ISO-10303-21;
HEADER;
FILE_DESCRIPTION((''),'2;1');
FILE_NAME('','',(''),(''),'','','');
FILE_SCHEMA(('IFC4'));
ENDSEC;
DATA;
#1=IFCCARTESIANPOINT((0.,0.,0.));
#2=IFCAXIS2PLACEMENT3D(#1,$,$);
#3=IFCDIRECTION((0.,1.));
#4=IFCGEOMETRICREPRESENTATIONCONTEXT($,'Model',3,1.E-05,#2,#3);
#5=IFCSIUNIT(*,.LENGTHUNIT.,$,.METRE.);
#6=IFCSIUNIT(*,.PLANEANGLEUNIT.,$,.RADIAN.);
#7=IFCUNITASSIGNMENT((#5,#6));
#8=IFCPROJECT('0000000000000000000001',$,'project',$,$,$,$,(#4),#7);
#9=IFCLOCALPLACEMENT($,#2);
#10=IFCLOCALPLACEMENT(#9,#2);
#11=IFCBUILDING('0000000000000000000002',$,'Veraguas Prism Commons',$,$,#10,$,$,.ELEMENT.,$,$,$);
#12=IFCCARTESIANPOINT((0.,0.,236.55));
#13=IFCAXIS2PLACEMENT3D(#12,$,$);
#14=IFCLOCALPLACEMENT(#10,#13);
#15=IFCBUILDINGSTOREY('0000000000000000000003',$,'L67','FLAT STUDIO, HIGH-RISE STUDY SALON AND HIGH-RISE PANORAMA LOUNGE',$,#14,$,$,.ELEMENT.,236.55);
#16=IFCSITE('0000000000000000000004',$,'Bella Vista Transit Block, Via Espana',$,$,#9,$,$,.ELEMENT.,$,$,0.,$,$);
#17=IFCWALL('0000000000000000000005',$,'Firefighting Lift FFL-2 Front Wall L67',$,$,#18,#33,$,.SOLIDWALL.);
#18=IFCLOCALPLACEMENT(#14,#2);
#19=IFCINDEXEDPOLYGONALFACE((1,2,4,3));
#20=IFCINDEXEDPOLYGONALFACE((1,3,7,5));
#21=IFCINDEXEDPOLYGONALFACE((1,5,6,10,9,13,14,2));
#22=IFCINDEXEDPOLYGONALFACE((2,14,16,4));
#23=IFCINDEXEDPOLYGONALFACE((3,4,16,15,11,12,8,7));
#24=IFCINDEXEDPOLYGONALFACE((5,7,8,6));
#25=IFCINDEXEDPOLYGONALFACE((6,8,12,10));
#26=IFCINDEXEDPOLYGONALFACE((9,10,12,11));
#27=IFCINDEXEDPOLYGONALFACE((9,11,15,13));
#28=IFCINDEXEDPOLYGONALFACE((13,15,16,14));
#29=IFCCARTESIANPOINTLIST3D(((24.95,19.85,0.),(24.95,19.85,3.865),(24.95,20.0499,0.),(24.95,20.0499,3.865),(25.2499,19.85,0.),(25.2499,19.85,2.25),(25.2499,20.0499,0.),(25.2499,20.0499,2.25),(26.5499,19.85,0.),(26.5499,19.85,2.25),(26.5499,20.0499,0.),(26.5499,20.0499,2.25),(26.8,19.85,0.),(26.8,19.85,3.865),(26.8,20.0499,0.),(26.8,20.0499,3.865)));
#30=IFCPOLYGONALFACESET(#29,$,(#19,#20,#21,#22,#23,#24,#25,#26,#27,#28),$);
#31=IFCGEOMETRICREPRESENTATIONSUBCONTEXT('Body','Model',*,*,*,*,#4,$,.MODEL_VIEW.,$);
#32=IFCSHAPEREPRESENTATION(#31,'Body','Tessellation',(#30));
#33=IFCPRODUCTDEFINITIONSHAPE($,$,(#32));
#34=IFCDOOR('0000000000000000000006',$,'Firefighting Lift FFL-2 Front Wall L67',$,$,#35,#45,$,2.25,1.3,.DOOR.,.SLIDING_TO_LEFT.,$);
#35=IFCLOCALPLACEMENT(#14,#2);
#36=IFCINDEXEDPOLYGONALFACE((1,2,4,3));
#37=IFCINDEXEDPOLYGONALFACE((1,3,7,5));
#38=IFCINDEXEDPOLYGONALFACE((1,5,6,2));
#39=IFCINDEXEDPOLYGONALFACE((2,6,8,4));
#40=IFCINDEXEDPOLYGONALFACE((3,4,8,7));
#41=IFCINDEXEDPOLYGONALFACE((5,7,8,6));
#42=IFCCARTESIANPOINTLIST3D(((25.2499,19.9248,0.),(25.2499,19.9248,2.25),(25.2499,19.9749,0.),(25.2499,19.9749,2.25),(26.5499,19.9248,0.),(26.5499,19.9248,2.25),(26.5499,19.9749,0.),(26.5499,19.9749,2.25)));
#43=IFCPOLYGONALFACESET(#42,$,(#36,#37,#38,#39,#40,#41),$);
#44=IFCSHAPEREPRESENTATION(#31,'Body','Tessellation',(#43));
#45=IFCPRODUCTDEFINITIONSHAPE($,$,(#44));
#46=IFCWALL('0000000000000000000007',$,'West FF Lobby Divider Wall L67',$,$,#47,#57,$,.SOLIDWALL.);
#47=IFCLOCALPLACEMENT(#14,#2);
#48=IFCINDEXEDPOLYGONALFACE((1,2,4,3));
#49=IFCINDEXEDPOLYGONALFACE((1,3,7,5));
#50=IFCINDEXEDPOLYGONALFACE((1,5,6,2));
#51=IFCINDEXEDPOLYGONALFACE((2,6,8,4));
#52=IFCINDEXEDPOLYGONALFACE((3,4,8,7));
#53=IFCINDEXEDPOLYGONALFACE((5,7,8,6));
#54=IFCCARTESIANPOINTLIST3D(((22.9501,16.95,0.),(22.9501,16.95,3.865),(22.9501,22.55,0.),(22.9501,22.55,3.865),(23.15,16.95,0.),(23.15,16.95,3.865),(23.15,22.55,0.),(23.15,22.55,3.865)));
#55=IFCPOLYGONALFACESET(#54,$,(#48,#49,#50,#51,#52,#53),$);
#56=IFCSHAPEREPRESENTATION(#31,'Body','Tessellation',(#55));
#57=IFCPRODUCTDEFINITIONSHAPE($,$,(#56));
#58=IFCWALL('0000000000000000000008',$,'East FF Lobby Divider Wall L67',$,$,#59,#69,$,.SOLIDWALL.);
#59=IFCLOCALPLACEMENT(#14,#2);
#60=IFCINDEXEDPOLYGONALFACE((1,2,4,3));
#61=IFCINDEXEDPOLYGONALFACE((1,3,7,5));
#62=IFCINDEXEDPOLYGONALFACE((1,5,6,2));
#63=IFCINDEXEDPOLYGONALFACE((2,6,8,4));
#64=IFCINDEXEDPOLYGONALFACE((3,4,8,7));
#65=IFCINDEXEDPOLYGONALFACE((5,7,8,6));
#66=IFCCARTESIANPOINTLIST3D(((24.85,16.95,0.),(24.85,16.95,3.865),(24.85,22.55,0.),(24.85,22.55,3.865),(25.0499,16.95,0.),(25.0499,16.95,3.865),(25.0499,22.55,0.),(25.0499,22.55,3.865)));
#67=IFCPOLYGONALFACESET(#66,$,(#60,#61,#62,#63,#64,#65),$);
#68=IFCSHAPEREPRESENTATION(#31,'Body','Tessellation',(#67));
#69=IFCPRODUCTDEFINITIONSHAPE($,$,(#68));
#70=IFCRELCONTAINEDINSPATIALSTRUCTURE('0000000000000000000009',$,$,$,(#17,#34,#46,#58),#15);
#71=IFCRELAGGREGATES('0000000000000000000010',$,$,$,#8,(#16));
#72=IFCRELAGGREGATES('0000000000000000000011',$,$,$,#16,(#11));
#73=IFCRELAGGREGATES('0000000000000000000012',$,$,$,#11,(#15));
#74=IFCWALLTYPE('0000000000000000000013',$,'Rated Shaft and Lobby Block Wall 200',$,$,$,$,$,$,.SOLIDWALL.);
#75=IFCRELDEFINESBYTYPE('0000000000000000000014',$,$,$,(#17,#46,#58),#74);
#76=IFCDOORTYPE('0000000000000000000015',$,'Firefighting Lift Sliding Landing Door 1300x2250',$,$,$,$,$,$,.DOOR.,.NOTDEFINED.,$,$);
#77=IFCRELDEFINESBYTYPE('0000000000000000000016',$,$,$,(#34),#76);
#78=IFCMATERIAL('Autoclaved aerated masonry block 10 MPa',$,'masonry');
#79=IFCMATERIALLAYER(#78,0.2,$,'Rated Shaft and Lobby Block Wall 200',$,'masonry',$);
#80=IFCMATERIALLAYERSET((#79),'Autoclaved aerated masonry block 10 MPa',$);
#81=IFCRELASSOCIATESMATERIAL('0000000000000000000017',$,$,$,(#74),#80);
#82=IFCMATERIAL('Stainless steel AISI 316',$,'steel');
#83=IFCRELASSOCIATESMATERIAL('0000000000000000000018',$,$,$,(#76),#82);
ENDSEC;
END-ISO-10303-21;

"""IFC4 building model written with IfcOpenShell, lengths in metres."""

from ifc_helpers import new_model, si_unit, direction, frame, frame_2d, origin, place, context, subcontext, project, spatial, rectangle, extrude, source, transform, mapped, material, layer, layer_set, type_object, element, fill, save


model = new_model("IFC4")

# Units and contexts
model_context = context("Model", 3, precision=1e-05, world=origin(), true_north=direction((0.0, 1.0)))
body_context = subcontext(model_context, "Body", "Model", "MODEL_VIEW")
ifc_project = project(units=[si_unit("LENGTHUNIT", "METRE"), si_unit("PLANEANGLEUNIT", "RADIAN")], contexts=[model_context])

# Site, building, storey
site_placement = place(None, origin())
site = spatial("IfcSite", under=ifc_project, at=site_placement, Name="Bella Vista Transit Block, Via Espana", CompositionType="ELEMENT", RefElevation=0.0)
building_placement = place(site_placement, origin())
building = spatial("IfcBuilding", under=site, at=building_placement, Name="Veraguas Prism Commons", CompositionType="ELEMENT")
storey_placement = place(building_placement, frame((0.0, 0.0, 236.55)))
storey = spatial("IfcBuildingStorey", under=building, at=storey_placement, Name="L67", Description="FLAT STUDIO, HIGH-RISE STUDY SALON AND HIGH-RISE PANORAMA LOUNGE", CompositionType="ELEMENT", Elevation=236.55)

# Wall, opening, door
ifc_material_1 = material(Name="Autoclaved aerated masonry block 10 MPa", Category="masonry")
ifc_layer_1 = layer(ifc_material_1, 0.2, Name="Rated Shaft and Lobby Block Wall 200", Category="masonry")
ifc_layer_set_1 = layer_set([ifc_layer_1], Name="Autoclaved aerated masonry block 10 MPa")
wall_type_1 = type_object("IfcWallType", Name="Rated Shaft and Lobby Block Wall 200", PredefinedType="SOLIDWALL", material=ifc_layer_set_1)
ifc_material_2 = material(Name="Stainless steel AISI 316", Category="steel")
door_type_1 = type_object("IfcDoorType", Name="Firefighting Lift Sliding Landing Door 1300x2250", OperationType="NOTDEFINED", PredefinedType="DOOR", material=ifc_material_2)
shared_shape_1 = source(origin(), body_context, "Body", "SweptSolid", [
    extrude(rectangle(XDim=1.3, YDim=2.25, at=frame_2d((0.6499, 1.125))), frame((0.0, 0.0249, 0.0), z_axis=(0.0, -1.0, 0.0), x_axis=(1.0, 0.0, 0.0)), (0.0, 0.0, 1.0), 0.05),
])
wall_1_placement = place(storey_placement, frame((24.95, 19.95, 0.0), z_axis=(0.0, 0.0, 1.0), x_axis=(1.0, 0.0, 0.0)))
wall_1 = element("IfcWall", 1, at=wall_1_placement, inside=storey, type_object=wall_type_1, Name="Firefighting Lift FFL-2 Front Wall L67", PredefinedType="SOLIDWALL", context=body_context, shape_type="SweptSolid", body=[
    extrude(rectangle(XDim=1.8501, YDim=0.2, at=frame_2d((0.925, 0.0))), origin(), (0.0, 0.0, 1.0), 3.865),
])
opening_1_placement = place(wall_1_placement, frame((0.3, 0.0, 0.0)))
opening_1 = element("IfcOpeningElement", 2, at=opening_1_placement, cuts=wall_1, PredefinedType="OPENING", context=body_context, shape_type="SweptSolid", body=[
    extrude(rectangle(XDim=1.3, YDim=2.25, at=frame_2d((0.6499, 1.125))), frame((0.0, 0.1099, 0.0), z_axis=(0.0, -1.0, 0.0), x_axis=(1.0, 0.0, 0.0)), (0.0, 0.0, 1.0), 0.22),
])
door_1_placement = place(opening_1_placement, origin())
door_1 = element("IfcDoor", 3, at=door_1_placement, inside=storey, type_object=door_type_1, Name="Firefighting Lift FFL-2 Front Wall L67", OperationType="SLIDING_TO_LEFT", OverallHeight=2.25, OverallWidth=1.3, PredefinedType="DOOR", context=body_context, shape_type="MappedRepresentation", body=[
    mapped(shared_shape_1, transform((0.0, 0.0, 0.0), scale=1.0)),
])
fill(opening_1, door_1)

# Walls
for number, where, z_axis, x_axis, name in (
    (4, (23.05, 16.95, 0.0), (0.0, 0.0, 1.0), (0.0, 1.0, 0.0), "West FF Lobby Divider Wall L67"),
    (5, (24.95, 16.95, 0.0), (0.0, 0.0, 1.0), (0.0, 1.0, 0.0), "East FF Lobby Divider Wall L67"),
):
    element("IfcWall", number, at=place(storey_placement, frame(where, z_axis=z_axis, x_axis=x_axis)), inside=storey, type_object=wall_type_1, Name=name, PredefinedType="SOLIDWALL", context=body_context, shape_type="SweptSolid", body=[
        extrude(rectangle(XDim=5.6001, YDim=0.2, at=frame_2d((2.8, 0.0))), origin(), (0.0, 0.0, 1.0), 3.865),
    ])

save(model, "model.ifc")
